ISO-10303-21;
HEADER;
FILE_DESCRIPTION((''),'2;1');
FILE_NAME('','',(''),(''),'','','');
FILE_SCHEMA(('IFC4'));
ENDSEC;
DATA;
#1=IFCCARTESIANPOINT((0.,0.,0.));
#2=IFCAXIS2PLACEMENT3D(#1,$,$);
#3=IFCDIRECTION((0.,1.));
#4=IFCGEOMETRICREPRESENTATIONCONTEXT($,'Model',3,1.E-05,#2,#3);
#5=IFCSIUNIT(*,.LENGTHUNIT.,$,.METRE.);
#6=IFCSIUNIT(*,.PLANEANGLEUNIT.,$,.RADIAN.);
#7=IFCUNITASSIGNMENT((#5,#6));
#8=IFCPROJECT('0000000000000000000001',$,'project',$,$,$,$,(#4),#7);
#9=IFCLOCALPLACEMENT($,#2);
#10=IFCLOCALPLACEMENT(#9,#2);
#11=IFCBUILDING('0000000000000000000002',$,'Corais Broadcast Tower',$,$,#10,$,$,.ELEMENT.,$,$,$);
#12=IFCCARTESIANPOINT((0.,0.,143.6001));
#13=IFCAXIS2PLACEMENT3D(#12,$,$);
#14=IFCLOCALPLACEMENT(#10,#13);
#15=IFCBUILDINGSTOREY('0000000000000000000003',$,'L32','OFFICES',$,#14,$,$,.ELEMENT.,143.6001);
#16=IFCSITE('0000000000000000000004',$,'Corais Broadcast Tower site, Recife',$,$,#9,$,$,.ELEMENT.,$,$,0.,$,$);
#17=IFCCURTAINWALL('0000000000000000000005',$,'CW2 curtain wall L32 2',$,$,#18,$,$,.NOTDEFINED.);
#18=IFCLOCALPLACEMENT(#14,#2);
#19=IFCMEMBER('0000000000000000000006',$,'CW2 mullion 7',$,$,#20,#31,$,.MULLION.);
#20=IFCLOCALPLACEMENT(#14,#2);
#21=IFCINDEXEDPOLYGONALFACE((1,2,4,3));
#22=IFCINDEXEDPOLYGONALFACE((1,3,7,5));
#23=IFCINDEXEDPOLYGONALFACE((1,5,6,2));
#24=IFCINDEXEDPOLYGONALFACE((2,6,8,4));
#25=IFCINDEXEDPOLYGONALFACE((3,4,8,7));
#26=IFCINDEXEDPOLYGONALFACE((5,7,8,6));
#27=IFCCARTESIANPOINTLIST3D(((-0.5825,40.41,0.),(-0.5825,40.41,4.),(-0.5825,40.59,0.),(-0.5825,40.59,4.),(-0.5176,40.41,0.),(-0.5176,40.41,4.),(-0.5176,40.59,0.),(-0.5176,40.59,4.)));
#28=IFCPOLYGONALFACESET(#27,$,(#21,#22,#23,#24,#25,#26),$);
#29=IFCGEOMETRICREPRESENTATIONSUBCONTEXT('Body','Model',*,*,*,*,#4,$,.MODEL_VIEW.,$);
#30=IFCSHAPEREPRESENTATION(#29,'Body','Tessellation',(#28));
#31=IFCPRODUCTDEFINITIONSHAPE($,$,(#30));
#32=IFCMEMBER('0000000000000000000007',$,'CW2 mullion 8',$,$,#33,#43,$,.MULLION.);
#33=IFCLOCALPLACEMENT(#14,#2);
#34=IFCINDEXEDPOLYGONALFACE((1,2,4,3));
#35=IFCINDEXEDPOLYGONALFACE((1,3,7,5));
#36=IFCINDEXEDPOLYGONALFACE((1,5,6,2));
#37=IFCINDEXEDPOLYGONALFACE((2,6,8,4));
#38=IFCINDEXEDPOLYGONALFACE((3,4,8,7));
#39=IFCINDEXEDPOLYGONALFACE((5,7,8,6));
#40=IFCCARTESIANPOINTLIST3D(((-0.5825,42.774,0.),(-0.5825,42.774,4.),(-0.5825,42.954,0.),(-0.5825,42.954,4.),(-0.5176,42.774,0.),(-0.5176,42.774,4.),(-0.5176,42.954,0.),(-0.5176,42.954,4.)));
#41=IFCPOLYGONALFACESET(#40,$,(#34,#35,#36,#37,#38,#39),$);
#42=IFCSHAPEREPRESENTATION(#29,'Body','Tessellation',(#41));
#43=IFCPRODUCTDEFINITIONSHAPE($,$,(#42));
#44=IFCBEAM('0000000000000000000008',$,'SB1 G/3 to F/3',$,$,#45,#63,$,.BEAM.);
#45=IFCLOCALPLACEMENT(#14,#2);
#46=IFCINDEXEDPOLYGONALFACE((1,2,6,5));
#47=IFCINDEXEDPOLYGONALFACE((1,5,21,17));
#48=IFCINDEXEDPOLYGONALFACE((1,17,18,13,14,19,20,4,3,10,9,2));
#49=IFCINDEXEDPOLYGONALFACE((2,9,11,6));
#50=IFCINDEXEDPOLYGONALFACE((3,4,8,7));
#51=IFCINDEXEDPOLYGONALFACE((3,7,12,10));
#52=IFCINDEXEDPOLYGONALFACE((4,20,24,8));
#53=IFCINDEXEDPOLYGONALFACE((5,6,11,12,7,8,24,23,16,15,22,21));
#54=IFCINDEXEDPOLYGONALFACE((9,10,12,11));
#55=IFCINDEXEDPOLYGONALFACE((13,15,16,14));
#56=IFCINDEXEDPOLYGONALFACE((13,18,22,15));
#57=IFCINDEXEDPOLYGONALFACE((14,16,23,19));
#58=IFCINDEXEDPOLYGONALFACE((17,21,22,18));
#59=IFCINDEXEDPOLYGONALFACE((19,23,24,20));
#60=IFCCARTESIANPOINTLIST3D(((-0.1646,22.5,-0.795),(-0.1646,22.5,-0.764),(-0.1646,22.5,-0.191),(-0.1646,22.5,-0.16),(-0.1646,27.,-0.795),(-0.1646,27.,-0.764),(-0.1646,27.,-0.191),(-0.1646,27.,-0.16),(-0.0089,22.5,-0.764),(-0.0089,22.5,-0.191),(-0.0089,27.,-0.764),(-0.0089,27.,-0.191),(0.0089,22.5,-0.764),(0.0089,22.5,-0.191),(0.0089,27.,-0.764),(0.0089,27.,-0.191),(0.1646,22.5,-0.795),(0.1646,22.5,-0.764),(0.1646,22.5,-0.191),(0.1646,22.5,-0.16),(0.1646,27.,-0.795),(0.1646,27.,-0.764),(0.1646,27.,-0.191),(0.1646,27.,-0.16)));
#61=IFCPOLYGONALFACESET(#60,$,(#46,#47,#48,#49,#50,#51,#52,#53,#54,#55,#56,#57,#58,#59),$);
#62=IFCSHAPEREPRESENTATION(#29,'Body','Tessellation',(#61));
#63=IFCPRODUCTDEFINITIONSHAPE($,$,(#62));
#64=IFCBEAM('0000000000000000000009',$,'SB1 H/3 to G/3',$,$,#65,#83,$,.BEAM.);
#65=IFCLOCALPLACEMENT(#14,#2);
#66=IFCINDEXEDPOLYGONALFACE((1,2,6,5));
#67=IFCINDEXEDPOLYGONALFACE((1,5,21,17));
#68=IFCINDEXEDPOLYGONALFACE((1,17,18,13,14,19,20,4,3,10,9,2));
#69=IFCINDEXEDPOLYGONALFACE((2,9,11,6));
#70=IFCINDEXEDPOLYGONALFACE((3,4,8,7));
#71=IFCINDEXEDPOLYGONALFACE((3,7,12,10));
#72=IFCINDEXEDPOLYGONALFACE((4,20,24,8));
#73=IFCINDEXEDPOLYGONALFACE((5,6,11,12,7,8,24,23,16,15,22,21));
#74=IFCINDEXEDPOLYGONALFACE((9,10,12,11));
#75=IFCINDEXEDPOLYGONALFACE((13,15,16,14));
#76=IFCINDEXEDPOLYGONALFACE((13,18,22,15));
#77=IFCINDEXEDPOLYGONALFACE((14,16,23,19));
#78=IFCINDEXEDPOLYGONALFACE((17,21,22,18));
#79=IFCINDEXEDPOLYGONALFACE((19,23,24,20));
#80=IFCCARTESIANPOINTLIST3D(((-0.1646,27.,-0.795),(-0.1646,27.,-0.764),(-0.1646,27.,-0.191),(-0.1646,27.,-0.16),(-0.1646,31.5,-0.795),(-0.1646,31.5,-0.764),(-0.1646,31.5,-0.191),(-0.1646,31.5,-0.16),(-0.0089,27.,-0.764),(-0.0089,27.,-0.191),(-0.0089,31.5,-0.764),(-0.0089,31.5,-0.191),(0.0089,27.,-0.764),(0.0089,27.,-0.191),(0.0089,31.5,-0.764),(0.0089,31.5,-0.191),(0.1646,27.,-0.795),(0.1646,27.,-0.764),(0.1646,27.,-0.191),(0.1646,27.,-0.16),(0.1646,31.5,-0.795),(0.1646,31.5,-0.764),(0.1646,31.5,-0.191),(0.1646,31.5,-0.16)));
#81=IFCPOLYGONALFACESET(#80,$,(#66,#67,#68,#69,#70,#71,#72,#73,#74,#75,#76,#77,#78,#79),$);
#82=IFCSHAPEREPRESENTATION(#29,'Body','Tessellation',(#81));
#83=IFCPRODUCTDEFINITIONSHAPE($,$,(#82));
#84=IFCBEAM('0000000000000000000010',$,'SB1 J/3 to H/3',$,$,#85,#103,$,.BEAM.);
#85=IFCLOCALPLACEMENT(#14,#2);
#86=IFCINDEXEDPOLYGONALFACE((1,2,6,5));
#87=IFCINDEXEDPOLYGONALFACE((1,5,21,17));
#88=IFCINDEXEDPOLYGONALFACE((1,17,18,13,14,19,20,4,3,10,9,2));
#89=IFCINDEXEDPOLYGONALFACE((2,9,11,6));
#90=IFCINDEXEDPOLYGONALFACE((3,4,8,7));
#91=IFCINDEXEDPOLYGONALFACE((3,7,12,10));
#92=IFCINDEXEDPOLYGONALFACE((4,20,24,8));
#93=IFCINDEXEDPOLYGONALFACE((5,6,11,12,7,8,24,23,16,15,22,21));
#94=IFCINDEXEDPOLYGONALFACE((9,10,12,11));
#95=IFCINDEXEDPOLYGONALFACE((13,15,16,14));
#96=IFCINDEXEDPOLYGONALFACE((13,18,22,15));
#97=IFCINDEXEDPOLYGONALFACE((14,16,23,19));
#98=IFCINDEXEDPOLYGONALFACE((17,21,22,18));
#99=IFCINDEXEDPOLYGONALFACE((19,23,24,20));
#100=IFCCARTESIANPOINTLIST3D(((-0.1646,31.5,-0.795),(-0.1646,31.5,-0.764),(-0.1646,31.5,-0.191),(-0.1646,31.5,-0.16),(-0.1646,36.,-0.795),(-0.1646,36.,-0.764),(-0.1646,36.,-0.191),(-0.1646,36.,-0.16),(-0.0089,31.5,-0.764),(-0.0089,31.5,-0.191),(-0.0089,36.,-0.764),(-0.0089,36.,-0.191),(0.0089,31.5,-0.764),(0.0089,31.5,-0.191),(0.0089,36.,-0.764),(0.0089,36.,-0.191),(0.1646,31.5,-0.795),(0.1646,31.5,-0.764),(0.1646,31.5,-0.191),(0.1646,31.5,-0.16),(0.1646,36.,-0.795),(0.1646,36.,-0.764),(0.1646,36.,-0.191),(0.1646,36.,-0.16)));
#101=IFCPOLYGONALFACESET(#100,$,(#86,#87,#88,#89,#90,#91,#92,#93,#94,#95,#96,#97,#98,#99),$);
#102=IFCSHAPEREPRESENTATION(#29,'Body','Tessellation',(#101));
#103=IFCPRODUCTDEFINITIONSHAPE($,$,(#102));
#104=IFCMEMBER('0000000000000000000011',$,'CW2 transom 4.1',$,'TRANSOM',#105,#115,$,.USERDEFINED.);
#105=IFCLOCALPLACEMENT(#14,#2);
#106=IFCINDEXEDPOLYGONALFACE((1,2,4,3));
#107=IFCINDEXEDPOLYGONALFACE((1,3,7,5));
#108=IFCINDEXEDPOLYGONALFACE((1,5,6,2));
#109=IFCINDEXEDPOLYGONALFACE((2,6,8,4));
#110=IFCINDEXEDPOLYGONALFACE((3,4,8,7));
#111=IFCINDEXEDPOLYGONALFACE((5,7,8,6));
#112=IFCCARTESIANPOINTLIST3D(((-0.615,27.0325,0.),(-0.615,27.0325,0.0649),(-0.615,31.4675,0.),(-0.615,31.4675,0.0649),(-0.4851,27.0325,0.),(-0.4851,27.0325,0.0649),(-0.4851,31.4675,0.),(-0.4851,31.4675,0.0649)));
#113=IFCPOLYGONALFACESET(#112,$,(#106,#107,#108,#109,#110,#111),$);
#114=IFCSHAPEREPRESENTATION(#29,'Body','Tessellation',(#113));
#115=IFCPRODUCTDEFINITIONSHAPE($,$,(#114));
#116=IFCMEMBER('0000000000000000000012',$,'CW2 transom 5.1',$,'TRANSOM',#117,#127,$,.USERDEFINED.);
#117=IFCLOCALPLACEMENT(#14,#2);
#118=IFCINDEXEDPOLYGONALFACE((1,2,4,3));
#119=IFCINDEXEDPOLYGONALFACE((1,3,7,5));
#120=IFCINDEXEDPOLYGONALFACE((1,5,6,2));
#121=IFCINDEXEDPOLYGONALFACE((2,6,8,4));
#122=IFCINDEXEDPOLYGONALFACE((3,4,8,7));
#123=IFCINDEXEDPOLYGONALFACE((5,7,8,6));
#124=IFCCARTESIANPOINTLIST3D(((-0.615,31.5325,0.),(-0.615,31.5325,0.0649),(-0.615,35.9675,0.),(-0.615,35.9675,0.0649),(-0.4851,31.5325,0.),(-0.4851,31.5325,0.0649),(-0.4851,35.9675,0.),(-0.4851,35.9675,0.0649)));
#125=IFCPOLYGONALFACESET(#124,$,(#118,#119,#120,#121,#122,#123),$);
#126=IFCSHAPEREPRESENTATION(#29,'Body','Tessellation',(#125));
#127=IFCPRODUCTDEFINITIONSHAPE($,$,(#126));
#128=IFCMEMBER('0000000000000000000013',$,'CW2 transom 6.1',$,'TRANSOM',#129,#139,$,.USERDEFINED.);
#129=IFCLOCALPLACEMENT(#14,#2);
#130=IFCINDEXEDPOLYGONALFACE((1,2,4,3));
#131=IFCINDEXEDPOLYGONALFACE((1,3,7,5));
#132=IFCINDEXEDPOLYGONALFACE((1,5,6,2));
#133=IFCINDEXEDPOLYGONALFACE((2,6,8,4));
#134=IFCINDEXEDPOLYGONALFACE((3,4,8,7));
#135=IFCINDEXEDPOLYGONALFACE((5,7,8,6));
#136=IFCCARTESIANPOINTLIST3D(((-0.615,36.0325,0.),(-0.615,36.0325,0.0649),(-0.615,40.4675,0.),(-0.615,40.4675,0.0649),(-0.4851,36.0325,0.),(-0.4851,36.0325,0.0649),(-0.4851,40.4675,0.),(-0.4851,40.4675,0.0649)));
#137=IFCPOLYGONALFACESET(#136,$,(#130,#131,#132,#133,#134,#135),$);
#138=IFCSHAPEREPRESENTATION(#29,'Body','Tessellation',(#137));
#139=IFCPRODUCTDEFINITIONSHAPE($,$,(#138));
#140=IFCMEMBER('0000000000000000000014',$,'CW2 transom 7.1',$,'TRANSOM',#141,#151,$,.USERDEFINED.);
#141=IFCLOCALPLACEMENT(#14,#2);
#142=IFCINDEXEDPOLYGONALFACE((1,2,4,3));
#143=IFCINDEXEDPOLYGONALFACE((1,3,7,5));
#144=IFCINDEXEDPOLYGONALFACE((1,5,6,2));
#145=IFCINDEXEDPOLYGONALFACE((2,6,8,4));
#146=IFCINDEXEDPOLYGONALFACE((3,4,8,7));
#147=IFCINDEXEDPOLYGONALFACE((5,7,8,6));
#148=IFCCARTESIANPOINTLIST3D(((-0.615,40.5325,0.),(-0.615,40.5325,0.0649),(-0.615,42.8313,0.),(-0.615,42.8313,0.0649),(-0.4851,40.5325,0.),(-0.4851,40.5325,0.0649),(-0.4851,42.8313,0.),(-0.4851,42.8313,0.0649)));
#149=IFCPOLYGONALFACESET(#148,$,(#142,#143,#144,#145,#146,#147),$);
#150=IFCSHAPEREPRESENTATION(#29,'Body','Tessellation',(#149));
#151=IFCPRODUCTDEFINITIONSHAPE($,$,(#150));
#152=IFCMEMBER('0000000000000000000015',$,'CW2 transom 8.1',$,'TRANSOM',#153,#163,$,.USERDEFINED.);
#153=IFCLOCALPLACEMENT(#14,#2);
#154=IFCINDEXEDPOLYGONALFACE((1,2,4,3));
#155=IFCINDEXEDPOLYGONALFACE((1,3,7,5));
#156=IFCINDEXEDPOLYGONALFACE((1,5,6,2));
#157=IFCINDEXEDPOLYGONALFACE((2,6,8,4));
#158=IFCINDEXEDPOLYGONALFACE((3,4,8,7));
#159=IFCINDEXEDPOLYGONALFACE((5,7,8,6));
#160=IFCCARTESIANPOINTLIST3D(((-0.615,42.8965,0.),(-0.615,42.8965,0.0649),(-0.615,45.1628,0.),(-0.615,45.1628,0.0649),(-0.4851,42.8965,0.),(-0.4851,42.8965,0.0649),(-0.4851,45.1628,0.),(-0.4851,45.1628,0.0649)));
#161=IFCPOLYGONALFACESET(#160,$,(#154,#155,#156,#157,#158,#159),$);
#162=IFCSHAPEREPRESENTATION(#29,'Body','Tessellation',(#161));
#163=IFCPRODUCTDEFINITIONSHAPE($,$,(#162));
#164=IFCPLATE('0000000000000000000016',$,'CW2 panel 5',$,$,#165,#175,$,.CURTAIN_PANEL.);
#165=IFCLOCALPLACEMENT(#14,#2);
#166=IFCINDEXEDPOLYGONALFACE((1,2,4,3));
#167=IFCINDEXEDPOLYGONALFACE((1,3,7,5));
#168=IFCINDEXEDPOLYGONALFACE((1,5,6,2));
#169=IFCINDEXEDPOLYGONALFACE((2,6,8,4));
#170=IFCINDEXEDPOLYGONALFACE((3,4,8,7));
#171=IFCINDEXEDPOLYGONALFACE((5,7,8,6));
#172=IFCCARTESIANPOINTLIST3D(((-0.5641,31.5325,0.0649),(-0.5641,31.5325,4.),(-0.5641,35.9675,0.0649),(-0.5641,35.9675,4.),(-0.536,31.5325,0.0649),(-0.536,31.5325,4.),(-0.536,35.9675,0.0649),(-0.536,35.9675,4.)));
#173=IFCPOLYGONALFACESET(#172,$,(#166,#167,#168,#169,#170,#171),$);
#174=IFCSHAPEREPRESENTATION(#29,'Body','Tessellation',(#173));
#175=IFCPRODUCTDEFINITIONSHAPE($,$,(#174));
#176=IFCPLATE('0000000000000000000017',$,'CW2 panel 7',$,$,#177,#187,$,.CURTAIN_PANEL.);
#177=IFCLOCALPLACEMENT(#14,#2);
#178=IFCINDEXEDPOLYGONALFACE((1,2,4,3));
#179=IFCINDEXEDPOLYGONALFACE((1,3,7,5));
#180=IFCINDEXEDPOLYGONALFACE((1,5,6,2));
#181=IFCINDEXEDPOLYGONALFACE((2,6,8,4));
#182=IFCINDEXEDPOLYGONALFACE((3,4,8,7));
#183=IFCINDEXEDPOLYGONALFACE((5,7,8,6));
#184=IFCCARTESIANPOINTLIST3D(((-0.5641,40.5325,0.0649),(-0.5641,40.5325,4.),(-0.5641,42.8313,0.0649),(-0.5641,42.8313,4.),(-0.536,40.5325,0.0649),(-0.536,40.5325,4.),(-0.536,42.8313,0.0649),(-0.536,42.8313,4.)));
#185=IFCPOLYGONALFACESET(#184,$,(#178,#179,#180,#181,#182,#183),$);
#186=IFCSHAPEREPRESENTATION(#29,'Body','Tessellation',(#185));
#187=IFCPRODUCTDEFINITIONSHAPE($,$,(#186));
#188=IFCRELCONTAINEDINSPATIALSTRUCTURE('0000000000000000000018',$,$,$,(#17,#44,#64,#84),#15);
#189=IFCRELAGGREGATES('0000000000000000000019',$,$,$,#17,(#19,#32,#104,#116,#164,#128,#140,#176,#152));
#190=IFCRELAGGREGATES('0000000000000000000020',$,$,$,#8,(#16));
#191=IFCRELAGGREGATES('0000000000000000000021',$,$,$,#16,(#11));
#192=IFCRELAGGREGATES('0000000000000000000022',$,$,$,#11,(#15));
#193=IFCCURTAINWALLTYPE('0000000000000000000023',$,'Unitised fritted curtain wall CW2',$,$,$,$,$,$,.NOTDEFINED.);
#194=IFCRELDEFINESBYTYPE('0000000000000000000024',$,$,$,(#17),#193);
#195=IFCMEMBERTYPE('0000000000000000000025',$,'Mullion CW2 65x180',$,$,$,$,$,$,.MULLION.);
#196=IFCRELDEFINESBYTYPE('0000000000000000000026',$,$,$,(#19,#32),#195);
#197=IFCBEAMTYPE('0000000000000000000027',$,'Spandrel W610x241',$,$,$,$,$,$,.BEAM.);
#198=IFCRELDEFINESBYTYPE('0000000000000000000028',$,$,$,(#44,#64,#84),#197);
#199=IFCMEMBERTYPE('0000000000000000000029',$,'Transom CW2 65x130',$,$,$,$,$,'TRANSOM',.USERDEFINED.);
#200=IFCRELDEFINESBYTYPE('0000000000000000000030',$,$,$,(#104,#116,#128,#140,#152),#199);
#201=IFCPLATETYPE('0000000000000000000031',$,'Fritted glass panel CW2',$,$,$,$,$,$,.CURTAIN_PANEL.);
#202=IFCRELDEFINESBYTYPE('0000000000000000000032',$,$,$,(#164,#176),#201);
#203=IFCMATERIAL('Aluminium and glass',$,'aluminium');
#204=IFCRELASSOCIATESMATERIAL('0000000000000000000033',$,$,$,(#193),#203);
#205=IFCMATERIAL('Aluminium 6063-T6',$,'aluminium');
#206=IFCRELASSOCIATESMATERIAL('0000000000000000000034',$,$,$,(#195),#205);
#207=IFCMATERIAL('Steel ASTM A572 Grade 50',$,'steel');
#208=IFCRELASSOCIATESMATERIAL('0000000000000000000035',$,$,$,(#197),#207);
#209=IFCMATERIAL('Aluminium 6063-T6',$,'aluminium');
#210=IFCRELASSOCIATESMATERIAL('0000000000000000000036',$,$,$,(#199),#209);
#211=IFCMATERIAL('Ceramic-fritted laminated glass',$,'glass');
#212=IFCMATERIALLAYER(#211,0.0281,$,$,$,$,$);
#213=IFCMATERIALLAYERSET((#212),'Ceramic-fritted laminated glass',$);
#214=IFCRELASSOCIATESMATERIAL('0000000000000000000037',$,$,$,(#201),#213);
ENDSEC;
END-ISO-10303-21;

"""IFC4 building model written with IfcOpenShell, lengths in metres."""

from ifc_helpers import new_model, si_unit, direction, frame, origin, origin_2d, place, context, subcontext, project, spatial, rectangle, i_section, extrude, material, layer, layer_set, material_profile, profile_set, type_object, element, aggregate, save


model = new_model("IFC4")

# Units and contexts
model_context = context("Model", 3, precision=1e-05, world=origin(), true_north=direction((0.0, 1.0)))
body_context = subcontext(model_context, "Body", "Model", "MODEL_VIEW")
ifc_project = project(units=[si_unit("LENGTHUNIT", "METRE"), si_unit("PLANEANGLEUNIT", "RADIAN")], contexts=[model_context])

# Site, building, storey
site_placement = place(None, origin())
site = spatial("IfcSite", under=ifc_project, at=site_placement, Name="Corais Broadcast Tower site, Recife", CompositionType="ELEMENT", RefElevation=0.0)
building_placement = place(site_placement, origin())
building = spatial("IfcBuilding", under=site, at=building_placement, Name="Corais Broadcast Tower", CompositionType="ELEMENT")
storey_placement = place(building_placement, frame((0.0, 0.0, 143.6001)))
storey = spatial("IfcBuildingStorey", under=building, at=storey_placement, Name="L32", Description="OFFICES", CompositionType="ELEMENT", Elevation=143.6001)

# Curtain wall, members
ifc_material_1 = material(Name="Aluminium and glass", Category="aluminium")
curtain_wall_type = type_object("IfcCurtainWallType", Name="Unitised fritted curtain wall CW2", PredefinedType="NOTDEFINED", material=ifc_material_1)
curtain_wall_placement = place(storey_placement, origin())
curtain_wall = element("IfcCurtainWall", 1, at=curtain_wall_placement, inside=storey, type_object=curtain_wall_type, Name="CW2 curtain wall L32 2", PredefinedType="NOTDEFINED")
ifc_material_2 = material(Name="Aluminium 6063-T6", Category="aluminium")
ifc_material_profile_1 = material_profile(ifc_material_2, rectangle(XDim=0.0649, YDim=0.1799, at=origin_2d()), Name="Mullion CW2 65x180")
ifc_profile_set_1 = profile_set([ifc_material_profile_1], Name="Aluminium 6063-T6")
member_type_1 = type_object("IfcMemberType", Name="Mullion CW2 65x180", PredefinedType="MULLION", material=ifc_profile_set_1)
member_1_placement = place(storey_placement, frame((-0.55, 40.5, 0.0), z_axis=(0.0, 0.0, 1.0), x_axis=(-1.0, 0.0, 0.0)))
member_1 = element("IfcMember", 2, at=member_1_placement, type_object=member_type_1, Name="CW2 mullion 7", PredefinedType="MULLION", context=body_context, shape_type="SweptSolid", body=[
    extrude(rectangle(XDim=0.0649, YDim=0.1799, at=origin_2d()), origin(), (0.0, 0.0, 1.0), 4.0),
])
member_2_placement = place(storey_placement, frame((-0.55, 42.864, 0.0), z_axis=(0.0, 0.0, 1.0), x_axis=(-1.0, 0.0, 0.0)))
member_2 = element("IfcMember", 3, at=member_2_placement, type_object=member_type_1, Name="CW2 mullion 8", PredefinedType="MULLION", context=body_context, shape_type="SweptSolid", body=[
    extrude(rectangle(XDim=0.0649, YDim=0.1799, at=origin_2d()), origin(), (0.0, 0.0, 1.0), 4.0),
])

# Beams
ifc_material_3 = material(Name="Steel ASTM A572 Grade 50", Category="steel")
ifc_material_profile_2 = material_profile(ifc_material_3, i_section(OverallWidth=0.3291, OverallDepth=0.635, WebThickness=0.0178, FlangeThickness=0.031, at=origin_2d()), Name="W610x241")
ifc_profile_set_2 = profile_set([ifc_material_profile_2], Name="Steel ASTM A572 Grade 50")
beam_type_1 = type_object("IfcBeamType", Name="Spandrel W610x241", PredefinedType="BEAM", material=ifc_profile_set_2)
for number, where, z_axis, x_axis, name in (
    (4, (0.0, 27.0, -0.4775), (0.0, -1.0, 0.0), (1.0, 0.0, 0.0), "SB1 G/3 to F/3"),
    (5, (0.0, 31.5, -0.4775), (0.0, -1.0, 0.0), (1.0, 0.0, 0.0), "SB1 H/3 to G/3"),
    (6, (0.0, 36.0, -0.4775), (0.0, -1.0, 0.0), (1.0, 0.0, 0.0), "SB1 J/3 to H/3"),
):
    element("IfcBeam", number, at=place(storey_placement, frame(where, z_axis=z_axis, x_axis=x_axis)), inside=storey, type_object=beam_type_1, Name=name, PredefinedType="BEAM", context=body_context, shape_type="SweptSolid", body=[
        extrude(i_section(OverallWidth=0.3291, OverallDepth=0.635, WebThickness=0.0178, FlangeThickness=0.031, at=origin_2d()), origin(), (0.0, 0.0, 1.0), 4.5),
    ])

# Members
ifc_material_4 = material(Name="Aluminium 6063-T6", Category="aluminium")
ifc_material_profile_3 = material_profile(ifc_material_4, rectangle(XDim=0.1299, YDim=0.0649, at=origin_2d()), Name="Transom CW2 65x130")
ifc_profile_set_3 = profile_set([ifc_material_profile_3], Name="Aluminium 6063-T6")
member_type_2 = type_object("IfcMemberType", Name="Transom CW2 65x130", ElementType="TRANSOM", PredefinedType="USERDEFINED", material=ifc_profile_set_3)
member_3_placement = place(storey_placement, frame((-0.55, 27.0325, 0.0325), z_axis=(0.0, 1.0, 0.0), x_axis=(-1.0, 0.0, 0.0)))
member_3 = element("IfcMember", 7, at=member_3_placement, type_object=member_type_2, Name="CW2 transom 4.1", ObjectType="TRANSOM", PredefinedType="USERDEFINED", context=body_context, shape_type="SweptSolid", body=[
    extrude(rectangle(XDim=0.1299, YDim=0.0649, at=origin_2d()), origin(), (0.0, 0.0, 1.0), 4.4351),
])
member_4_placement = place(storey_placement, frame((-0.55, 31.5325, 0.0325), z_axis=(0.0, 1.0, 0.0), x_axis=(-1.0, 0.0, 0.0)))
member_4 = element("IfcMember", 8, at=member_4_placement, type_object=member_type_2, Name="CW2 transom 5.1", ObjectType="TRANSOM", PredefinedType="USERDEFINED", context=body_context, shape_type="SweptSolid", body=[
    extrude(rectangle(XDim=0.1299, YDim=0.0649, at=origin_2d()), origin(), (0.0, 0.0, 1.0), 4.4351),
])
member_5_placement = place(storey_placement, frame((-0.55, 36.0325, 0.0325), z_axis=(0.0, 1.0, 0.0), x_axis=(-1.0, 0.0, 0.0)))
member_5 = element("IfcMember", 9, at=member_5_placement, type_object=member_type_2, Name="CW2 transom 6.1", ObjectType="TRANSOM", PredefinedType="USERDEFINED", context=body_context, shape_type="SweptSolid", body=[
    extrude(rectangle(XDim=0.1299, YDim=0.0649, at=origin_2d()), origin(), (0.0, 0.0, 1.0), 4.4351),
])
member_6_placement = place(storey_placement, frame((-0.55, 40.5325, 0.0325), z_axis=(0.0, 1.0, 0.0), x_axis=(-1.0, 0.0, 0.0)))
member_6 = element("IfcMember", 10, at=member_6_placement, type_object=member_type_2, Name="CW2 transom 7.1", ObjectType="TRANSOM", PredefinedType="USERDEFINED", context=body_context, shape_type="SweptSolid", body=[
    extrude(rectangle(XDim=0.1299, YDim=0.0649, at=origin_2d()), origin(), (0.0, 0.0, 1.0), 2.2988),
])
member_7_placement = place(storey_placement, frame((-0.55, 42.8965, 0.0325), z_axis=(0.0, 1.0, 0.0), x_axis=(-1.0, 0.0, 0.0)))
member_7 = element("IfcMember", 11, at=member_7_placement, type_object=member_type_2, Name="CW2 transom 8.1", ObjectType="TRANSOM", PredefinedType="USERDEFINED", context=body_context, shape_type="SweptSolid", body=[
    extrude(rectangle(XDim=0.1299, YDim=0.0649, at=origin_2d()), origin(), (0.0, 0.0, 1.0), 2.2664),
])

# Plates
ifc_material_5 = material(Name="Ceramic-fritted laminated glass", Category="glass")
ifc_layer_1 = layer(ifc_material_5, 0.0281)
ifc_layer_set_1 = layer_set([ifc_layer_1], Name="Ceramic-fritted laminated glass")
plate_type_1 = type_object("IfcPlateType", Name="Fritted glass panel CW2", PredefinedType="CURTAIN_PANEL", material=ifc_layer_set_1)
plate_1_placement = place(storey_placement, frame((-0.55, 33.75, 0.0649), z_axis=(0.0, 0.0, 1.0), x_axis=(0.0, 1.0, 0.0)))
plate_1 = element("IfcPlate", 12, at=plate_1_placement, type_object=plate_type_1, Name="CW2 panel 5", PredefinedType="CURTAIN_PANEL", context=body_context, shape_type="SweptSolid", body=[
    extrude(rectangle(XDim=4.4351, YDim=0.0281, at=origin_2d()), origin(), (0.0, 0.0, 1.0), 3.9351),
])
plate_2_placement = place(storey_placement, frame((-0.55, 41.6819, 0.0649), z_axis=(0.0, 0.0, 1.0), x_axis=(0.0, 1.0, 0.0)))
plate_2 = element("IfcPlate", 13, at=plate_2_placement, type_object=plate_type_1, Name="CW2 panel 7", PredefinedType="CURTAIN_PANEL", context=body_context, shape_type="SweptSolid", body=[
    extrude(rectangle(XDim=2.2988, YDim=0.0281, at=origin_2d()), origin(), (0.0, 0.0, 1.0), 3.9351),
])
aggregate(curtain_wall, [member_1, member_2, member_3, member_4, plate_1, member_5, member_6, plate_2, member_7])

save(model, "model.ifc")
